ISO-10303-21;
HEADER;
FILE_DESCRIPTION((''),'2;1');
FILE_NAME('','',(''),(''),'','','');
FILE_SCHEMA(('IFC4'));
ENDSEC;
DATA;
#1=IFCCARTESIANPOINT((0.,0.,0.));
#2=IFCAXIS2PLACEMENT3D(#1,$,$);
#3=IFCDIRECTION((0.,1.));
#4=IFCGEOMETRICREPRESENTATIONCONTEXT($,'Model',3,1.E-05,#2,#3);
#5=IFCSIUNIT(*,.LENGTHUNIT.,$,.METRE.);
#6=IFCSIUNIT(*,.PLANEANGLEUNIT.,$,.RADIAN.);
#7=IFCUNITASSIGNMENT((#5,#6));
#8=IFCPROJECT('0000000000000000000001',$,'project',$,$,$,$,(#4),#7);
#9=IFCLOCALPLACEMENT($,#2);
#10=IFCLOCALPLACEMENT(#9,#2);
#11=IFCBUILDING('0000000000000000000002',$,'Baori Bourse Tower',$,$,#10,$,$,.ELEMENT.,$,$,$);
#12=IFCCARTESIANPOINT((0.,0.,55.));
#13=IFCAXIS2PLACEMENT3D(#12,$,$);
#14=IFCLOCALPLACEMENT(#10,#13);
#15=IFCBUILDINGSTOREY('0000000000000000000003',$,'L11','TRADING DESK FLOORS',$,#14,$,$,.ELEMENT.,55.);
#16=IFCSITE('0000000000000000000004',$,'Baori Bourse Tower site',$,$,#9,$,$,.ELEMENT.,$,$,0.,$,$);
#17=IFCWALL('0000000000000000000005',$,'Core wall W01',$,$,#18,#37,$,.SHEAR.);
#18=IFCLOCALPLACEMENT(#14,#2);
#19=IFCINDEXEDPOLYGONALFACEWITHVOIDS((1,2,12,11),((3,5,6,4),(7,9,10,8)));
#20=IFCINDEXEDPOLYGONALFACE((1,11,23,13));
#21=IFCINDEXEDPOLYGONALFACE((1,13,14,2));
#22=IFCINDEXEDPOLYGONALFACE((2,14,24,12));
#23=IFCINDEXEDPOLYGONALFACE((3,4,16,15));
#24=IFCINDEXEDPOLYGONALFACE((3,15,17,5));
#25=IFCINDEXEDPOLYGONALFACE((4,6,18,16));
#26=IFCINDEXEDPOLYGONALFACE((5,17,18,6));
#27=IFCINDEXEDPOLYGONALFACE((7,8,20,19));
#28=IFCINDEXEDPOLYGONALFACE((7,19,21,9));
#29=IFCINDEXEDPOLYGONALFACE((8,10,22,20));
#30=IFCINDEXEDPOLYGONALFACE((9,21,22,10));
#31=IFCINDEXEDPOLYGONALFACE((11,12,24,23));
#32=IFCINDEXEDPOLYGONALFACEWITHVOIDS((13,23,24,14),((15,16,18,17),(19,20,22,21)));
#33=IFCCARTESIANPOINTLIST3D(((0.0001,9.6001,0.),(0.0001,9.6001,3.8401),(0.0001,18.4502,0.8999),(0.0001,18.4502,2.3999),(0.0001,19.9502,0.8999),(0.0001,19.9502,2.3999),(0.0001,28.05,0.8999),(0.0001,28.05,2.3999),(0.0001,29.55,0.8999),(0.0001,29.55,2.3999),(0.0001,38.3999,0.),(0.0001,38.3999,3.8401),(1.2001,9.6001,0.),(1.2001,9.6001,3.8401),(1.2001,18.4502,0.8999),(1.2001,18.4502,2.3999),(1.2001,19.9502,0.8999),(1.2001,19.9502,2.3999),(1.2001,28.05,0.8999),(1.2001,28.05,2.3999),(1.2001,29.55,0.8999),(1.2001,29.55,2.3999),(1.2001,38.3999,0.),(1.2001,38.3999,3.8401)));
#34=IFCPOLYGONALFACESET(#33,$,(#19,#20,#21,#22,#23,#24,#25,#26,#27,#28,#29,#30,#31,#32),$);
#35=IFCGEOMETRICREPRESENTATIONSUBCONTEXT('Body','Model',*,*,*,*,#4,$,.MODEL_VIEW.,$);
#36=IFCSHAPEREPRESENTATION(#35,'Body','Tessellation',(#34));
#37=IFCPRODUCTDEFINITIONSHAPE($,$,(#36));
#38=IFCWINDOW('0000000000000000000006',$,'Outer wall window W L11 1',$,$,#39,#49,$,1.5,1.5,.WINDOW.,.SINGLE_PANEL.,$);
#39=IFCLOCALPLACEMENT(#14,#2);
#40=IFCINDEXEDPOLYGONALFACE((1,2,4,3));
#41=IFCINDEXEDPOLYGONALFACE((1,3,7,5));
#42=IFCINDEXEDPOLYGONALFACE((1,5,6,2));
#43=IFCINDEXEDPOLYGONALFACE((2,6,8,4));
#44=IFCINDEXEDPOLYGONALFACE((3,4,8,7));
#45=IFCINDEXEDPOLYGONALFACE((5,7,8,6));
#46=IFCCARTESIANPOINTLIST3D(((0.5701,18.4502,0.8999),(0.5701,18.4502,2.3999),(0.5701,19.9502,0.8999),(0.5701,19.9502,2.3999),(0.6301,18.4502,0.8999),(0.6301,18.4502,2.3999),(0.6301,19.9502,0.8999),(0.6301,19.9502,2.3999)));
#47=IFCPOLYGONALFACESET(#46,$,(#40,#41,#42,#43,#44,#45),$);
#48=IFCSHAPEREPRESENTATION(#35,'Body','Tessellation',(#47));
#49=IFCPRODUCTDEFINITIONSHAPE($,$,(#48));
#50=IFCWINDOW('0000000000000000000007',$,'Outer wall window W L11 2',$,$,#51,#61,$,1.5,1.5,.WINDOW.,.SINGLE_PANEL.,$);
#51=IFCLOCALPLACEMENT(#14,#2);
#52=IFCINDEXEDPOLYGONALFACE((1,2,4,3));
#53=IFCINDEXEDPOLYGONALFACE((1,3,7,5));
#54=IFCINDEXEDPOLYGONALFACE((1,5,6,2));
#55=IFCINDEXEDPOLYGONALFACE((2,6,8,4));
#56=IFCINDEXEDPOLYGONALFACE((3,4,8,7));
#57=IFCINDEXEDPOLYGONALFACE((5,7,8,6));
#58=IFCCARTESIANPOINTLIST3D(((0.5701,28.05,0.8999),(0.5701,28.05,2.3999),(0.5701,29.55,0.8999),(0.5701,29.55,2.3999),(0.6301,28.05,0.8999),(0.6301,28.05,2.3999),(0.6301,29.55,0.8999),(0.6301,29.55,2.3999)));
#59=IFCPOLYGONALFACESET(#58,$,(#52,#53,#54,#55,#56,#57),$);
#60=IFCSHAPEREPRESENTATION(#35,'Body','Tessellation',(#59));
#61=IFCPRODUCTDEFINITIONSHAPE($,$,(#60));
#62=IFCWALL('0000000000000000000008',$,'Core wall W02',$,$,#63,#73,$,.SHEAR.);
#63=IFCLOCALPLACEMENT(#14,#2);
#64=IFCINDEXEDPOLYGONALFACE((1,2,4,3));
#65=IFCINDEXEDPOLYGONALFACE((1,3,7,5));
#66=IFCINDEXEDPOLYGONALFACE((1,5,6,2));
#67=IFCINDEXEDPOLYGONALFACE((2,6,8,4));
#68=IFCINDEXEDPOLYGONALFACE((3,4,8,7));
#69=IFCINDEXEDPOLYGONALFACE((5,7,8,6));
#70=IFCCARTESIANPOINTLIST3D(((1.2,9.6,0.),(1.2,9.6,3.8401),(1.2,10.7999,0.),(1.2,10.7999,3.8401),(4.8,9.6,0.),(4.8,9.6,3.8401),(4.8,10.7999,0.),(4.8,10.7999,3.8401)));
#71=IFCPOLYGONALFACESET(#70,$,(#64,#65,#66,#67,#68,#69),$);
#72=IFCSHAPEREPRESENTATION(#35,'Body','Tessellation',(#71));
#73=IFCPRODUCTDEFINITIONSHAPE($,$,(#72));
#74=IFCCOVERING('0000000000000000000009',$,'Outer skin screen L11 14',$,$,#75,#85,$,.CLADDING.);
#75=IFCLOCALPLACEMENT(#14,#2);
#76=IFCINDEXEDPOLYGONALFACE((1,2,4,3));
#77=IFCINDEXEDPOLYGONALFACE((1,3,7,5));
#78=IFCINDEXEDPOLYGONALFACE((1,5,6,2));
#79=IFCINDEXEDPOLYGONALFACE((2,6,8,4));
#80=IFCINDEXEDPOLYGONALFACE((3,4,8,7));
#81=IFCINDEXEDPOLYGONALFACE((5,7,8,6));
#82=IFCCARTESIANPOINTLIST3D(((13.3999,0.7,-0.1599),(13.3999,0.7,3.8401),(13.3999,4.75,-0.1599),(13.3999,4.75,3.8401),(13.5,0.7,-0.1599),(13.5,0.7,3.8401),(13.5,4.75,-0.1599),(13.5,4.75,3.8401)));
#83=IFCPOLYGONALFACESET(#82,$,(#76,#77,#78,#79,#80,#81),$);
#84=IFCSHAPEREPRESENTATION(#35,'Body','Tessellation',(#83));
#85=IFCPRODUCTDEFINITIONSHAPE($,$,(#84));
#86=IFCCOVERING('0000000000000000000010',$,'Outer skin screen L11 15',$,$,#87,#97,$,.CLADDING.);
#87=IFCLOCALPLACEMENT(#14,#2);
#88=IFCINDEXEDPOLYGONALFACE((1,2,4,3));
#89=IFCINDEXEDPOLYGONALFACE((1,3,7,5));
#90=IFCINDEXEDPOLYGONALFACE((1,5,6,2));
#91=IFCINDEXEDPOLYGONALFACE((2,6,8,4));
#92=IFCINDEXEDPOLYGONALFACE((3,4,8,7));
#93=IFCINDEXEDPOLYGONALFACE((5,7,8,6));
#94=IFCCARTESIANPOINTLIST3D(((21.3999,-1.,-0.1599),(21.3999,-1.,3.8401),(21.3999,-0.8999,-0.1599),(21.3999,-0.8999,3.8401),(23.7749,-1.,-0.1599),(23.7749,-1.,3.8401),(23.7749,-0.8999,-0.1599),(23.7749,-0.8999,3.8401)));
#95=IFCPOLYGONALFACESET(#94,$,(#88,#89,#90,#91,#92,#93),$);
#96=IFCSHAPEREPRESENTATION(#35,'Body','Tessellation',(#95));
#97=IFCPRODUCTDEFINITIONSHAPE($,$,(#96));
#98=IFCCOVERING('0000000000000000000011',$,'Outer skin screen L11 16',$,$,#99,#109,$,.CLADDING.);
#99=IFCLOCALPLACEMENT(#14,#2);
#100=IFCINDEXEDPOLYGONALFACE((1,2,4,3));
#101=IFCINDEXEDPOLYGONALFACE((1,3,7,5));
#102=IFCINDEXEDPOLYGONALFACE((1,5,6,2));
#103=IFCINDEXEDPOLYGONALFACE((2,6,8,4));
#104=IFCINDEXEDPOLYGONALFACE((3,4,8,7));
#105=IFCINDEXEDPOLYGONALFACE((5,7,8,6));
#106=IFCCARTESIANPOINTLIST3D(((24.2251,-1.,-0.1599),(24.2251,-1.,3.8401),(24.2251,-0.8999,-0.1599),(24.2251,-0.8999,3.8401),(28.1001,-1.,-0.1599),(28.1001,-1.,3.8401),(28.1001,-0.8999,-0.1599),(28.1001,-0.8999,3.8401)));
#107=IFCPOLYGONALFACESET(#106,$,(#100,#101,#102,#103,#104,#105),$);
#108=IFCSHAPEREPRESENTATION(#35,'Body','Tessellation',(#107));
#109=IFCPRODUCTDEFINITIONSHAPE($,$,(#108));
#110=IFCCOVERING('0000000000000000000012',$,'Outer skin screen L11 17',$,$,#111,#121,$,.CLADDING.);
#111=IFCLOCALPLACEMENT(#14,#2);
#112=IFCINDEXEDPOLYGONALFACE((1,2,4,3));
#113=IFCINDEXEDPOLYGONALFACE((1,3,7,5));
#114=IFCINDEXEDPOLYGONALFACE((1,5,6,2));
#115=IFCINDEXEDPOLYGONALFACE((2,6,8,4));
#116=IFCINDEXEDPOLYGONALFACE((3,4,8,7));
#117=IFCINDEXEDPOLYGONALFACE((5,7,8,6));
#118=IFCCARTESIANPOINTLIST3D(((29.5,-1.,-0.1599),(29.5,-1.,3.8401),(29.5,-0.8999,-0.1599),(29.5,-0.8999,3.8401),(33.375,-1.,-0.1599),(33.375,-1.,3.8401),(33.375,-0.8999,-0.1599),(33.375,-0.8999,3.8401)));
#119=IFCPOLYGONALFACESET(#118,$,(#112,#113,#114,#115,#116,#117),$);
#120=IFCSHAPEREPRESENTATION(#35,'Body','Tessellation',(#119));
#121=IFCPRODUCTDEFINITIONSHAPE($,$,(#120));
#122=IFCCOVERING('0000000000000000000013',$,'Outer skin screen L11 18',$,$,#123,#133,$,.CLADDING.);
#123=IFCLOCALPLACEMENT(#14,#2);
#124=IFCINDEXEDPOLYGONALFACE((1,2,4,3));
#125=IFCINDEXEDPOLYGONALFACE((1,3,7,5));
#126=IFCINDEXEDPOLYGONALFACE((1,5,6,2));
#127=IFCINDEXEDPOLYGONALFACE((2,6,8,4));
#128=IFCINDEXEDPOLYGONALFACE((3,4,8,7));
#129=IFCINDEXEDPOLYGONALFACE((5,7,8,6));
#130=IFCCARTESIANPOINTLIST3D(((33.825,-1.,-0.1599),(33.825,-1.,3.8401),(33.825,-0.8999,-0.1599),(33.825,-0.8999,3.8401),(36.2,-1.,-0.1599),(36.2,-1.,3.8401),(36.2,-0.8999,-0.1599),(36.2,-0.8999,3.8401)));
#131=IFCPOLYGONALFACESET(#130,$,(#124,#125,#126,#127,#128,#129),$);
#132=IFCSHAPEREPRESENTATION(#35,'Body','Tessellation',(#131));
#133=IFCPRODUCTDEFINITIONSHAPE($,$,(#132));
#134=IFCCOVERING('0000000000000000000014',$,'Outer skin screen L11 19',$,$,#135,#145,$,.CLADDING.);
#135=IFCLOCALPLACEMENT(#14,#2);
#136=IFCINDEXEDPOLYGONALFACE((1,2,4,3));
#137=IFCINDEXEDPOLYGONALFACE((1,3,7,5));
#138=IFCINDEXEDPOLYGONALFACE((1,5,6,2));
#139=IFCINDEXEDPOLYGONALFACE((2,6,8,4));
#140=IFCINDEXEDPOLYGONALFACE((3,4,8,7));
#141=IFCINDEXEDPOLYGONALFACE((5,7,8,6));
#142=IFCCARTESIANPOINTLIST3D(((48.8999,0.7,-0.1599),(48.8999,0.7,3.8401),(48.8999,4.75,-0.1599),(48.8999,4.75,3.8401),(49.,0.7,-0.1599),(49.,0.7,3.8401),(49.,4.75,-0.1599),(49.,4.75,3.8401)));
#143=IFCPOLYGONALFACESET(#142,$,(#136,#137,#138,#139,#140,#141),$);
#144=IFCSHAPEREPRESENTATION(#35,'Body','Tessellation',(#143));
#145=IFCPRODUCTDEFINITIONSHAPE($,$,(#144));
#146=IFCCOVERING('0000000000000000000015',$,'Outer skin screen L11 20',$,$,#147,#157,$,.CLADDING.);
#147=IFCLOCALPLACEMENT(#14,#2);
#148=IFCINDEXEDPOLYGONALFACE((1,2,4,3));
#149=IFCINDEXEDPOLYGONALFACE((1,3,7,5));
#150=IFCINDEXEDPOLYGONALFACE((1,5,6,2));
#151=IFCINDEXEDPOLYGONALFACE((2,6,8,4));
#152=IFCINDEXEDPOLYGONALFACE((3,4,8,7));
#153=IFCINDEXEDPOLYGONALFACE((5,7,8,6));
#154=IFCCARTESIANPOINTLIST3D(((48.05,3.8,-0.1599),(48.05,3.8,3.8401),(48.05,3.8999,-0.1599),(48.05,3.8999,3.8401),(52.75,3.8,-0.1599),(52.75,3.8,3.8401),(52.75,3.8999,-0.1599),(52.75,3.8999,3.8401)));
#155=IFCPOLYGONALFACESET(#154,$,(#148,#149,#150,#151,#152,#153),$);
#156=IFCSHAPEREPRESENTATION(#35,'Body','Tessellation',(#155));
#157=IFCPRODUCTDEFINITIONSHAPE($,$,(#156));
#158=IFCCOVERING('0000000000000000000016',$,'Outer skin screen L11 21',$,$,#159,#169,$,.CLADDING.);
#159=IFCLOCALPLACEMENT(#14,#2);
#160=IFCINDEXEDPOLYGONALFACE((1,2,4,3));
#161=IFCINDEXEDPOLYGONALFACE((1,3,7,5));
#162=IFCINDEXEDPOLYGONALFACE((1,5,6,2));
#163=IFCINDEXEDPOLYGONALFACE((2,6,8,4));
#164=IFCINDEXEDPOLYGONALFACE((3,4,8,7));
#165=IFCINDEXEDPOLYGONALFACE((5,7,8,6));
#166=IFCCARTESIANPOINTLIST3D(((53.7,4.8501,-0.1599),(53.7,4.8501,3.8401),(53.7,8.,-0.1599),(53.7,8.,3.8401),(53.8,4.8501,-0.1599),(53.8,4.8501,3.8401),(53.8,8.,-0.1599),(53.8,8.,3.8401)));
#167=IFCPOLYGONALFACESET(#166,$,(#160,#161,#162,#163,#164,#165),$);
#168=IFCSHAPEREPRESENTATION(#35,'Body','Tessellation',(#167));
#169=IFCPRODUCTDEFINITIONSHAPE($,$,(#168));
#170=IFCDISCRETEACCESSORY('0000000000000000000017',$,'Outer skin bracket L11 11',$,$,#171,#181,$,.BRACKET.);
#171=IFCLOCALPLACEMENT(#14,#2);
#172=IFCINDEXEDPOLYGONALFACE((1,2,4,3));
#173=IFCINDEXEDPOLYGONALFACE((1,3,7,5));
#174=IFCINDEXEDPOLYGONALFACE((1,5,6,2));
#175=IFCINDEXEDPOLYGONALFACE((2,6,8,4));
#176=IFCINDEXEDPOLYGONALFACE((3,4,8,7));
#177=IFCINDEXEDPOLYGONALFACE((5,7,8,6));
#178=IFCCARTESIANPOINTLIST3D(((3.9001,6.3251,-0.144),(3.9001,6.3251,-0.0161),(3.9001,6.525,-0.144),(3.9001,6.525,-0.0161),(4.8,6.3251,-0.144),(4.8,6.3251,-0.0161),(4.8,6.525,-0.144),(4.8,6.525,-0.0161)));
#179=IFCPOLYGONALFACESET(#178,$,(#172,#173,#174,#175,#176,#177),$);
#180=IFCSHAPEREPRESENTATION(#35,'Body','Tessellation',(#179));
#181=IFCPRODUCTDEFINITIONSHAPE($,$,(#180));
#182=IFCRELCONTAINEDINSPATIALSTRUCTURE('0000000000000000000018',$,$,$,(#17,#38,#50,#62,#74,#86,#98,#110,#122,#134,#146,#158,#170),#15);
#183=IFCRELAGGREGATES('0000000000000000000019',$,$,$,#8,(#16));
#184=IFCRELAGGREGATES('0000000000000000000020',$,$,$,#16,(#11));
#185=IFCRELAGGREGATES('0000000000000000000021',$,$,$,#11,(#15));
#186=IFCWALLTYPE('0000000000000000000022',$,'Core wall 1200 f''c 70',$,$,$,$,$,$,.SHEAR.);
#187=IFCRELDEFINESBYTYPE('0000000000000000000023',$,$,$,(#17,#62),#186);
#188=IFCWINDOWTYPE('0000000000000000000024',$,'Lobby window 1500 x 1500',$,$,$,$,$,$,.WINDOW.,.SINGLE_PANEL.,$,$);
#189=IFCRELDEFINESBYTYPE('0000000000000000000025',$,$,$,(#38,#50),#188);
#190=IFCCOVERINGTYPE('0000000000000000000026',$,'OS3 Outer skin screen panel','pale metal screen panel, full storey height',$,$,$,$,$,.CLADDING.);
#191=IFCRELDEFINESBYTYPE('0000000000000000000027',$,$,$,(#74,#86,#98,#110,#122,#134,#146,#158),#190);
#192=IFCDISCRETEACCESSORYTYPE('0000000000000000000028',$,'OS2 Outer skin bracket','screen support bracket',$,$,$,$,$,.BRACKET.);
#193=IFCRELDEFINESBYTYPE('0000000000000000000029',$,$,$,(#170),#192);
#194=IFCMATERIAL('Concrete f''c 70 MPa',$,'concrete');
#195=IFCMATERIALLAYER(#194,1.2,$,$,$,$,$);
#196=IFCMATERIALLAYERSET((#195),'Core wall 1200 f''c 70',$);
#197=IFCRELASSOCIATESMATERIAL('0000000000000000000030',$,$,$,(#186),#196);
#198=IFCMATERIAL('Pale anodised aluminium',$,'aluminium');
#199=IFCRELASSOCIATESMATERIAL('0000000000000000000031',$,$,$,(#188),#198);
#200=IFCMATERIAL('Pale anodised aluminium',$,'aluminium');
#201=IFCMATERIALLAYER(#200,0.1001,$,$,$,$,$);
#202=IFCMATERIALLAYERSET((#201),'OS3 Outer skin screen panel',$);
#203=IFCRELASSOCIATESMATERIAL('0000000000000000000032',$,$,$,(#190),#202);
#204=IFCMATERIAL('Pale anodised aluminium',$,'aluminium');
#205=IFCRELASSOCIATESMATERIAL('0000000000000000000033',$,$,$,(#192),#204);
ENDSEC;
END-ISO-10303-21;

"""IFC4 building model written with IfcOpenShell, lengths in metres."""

from ifc_helpers import new_model, si_unit, direction, frame, frame_2d, origin, origin_2d, place, context, subcontext, project, spatial, polyline, rectangle, outline, extrude, material, layer, layer_set, type_object, element, fill, save


model = new_model("IFC4")

# Units and contexts
model_context = context("Model", 3, precision=1e-05, world=origin(), true_north=direction((0.0, 1.0)))
body_context = subcontext(model_context, "Body", "Model", "MODEL_VIEW")
ifc_project = project(units=[si_unit("LENGTHUNIT", "METRE"), si_unit("PLANEANGLEUNIT", "RADIAN")], contexts=[model_context])

# Site, building, storey
site_placement = place(None, origin())
site = spatial("IfcSite", under=ifc_project, at=site_placement, Name="Baori Bourse Tower site", CompositionType="ELEMENT", RefElevation=0.0)
building_placement = place(site_placement, origin())
building = spatial("IfcBuilding", under=site, at=building_placement, Name="Baori Bourse Tower", CompositionType="ELEMENT")
storey_placement = place(building_placement, frame((0.0, 0.0, 55.0)))
storey = spatial("IfcBuildingStorey", under=building, at=storey_placement, Name="L11", Description="TRADING DESK FLOORS", CompositionType="ELEMENT", Elevation=55.0)

# Wall, openings, windows
ifc_material_1 = material(Name="Concrete f'c 70 MPa", Category="concrete")
ifc_layer_1 = layer(ifc_material_1, 1.2)
ifc_layer_set_1 = layer_set([ifc_layer_1], Name="Core wall 1200 f'c 70")
wall_type_1 = type_object("IfcWallType", Name="Core wall 1200 f'c 70", PredefinedType="SHEAR", material=ifc_layer_set_1)
wall_1_placement = place(storey_placement, frame((0.6001, 9.6001, 0.0), z_axis=(0.0, 0.0, 1.0), x_axis=(0.0, 1.0, 0.0)))
wall_1 = element("IfcWall", 1, at=wall_1_placement, inside=storey, type_object=wall_type_1, Name="Core wall W01", PredefinedType="SHEAR", context=body_context, shape_type="SweptSolid", body=[
    extrude(rectangle(XDim=28.7998, YDim=1.2, at=frame_2d((14.3999, 0.0))), origin(), (0.0, 0.0, 1.0), 3.8401),
])
opening_1_placement = place(wall_1_placement, frame((8.8501, 0.0, 0.8999)))
opening_1 = element("IfcOpeningElement", 2, at=opening_1_placement, cuts=wall_1, PredefinedType="OPENING", context=body_context, shape_type="SweptSolid", body=[
    extrude(rectangle(XDim=1.5, YDim=1.5, at=frame_2d((0.75, 0.75))), frame((0.0, 0.6099, 0.0), z_axis=(0.0, -1.0, 0.0), x_axis=(1.0, 0.0, 0.0)), (0.0, 0.0, 1.0), 1.22),
])
opening_2_placement = place(wall_1_placement, frame((18.45, 0.0, 0.8999)))
opening_2 = element("IfcOpeningElement", 3, at=opening_2_placement, cuts=wall_1, PredefinedType="OPENING", context=body_context, shape_type="SweptSolid", body=[
    extrude(rectangle(XDim=1.5, YDim=1.5, at=frame_2d((0.75, 0.75))), frame((0.0, 0.6099, 0.0), z_axis=(0.0, -1.0, 0.0), x_axis=(1.0, 0.0, 0.0)), (0.0, 0.0, 1.0), 1.22),
])
ifc_material_2 = material(Name="Pale anodised aluminium", Category="aluminium")
window_type = type_object("IfcWindowType", Name="Lobby window 1500 x 1500", PartitioningType="SINGLE_PANEL", PredefinedType="WINDOW", material=ifc_material_2)
window_1_placement = place(opening_1_placement, origin())
window_1 = element("IfcWindow", 4, at=window_1_placement, inside=storey, type_object=window_type, Name="Outer wall window W L11 1", OverallHeight=1.5, OverallWidth=1.5, PartitioningType="SINGLE_PANEL", PredefinedType="WINDOW", context=body_context, shape_type="SweptSolid", body=[
    extrude(rectangle(XDim=1.5, YDim=1.5, at=frame_2d((0.75, 0.75))), frame((0.0, 0.03, 0.0), z_axis=(0.0, -1.0, 0.0), x_axis=(1.0, 0.0, 0.0)), (0.0, 0.0, 1.0), 0.0601),
])
fill(opening_1, window_1)
window_2_placement = place(opening_2_placement, origin())
window_2 = element("IfcWindow", 5, at=window_2_placement, inside=storey, type_object=window_type, Name="Outer wall window W L11 2", OverallHeight=1.5, OverallWidth=1.5, PartitioningType="SINGLE_PANEL", PredefinedType="WINDOW", context=body_context, shape_type="SweptSolid", body=[
    extrude(rectangle(XDim=1.5, YDim=1.5, at=frame_2d((0.75, 0.75))), frame((0.0, 0.03, 0.0), z_axis=(0.0, -1.0, 0.0), x_axis=(1.0, 0.0, 0.0)), (0.0, 0.0, 1.0), 0.0601),
])
fill(opening_2, window_2)

# Wall
wall_2_placement = place(storey_placement, frame((4.8, 10.2, 0.0), z_axis=(0.0, 0.0, 1.0), x_axis=(-1.0, 0.0, 0.0)))
element("IfcWall", 6, at=wall_2_placement, inside=storey, type_object=wall_type_1, Name="Core wall W02", PredefinedType="SHEAR", context=body_context, shape_type="SweptSolid", body=[
    extrude(rectangle(XDim=3.6001, YDim=1.2, at=frame_2d((1.8, 0.0))), origin(), (0.0, 0.0, 1.0), 3.8401),
])

# Coverings
ifc_material_3 = material(Name="Pale anodised aluminium", Category="aluminium")
ifc_layer_2 = layer(ifc_material_3, 0.1001)
ifc_layer_set_2 = layer_set([ifc_layer_2], Name="OS3 Outer skin screen panel")
covering_type = type_object("IfcCoveringType", Name="OS3 Outer skin screen panel", Description="pale metal screen panel, full storey height", PredefinedType="CLADDING", material=ifc_layer_set_2)
covering_1_placement = place(storey_placement, frame((0.0, 0.0, -0.1599)))
element("IfcCovering", 7, at=covering_1_placement, inside=storey, type_object=covering_type, Name="Outer skin screen L11 14", PredefinedType="CLADDING", context=body_context, shape_type="SweptSolid", body=[
    extrude(outline(polyline([(13.5, 0.7), (13.5, 4.75), (13.3999, 4.75), (13.3999, 0.7), (13.5, 0.7)])), origin(), (0.0, 0.0, 1.0), 4.0),
])
covering_2_placement = place(storey_placement, frame((0.0, 0.0, -0.1599)))
element("IfcCovering", 8, at=covering_2_placement, inside=storey, type_object=covering_type, Name="Outer skin screen L11 15", PredefinedType="CLADDING", context=body_context, shape_type="SweptSolid", body=[
    extrude(outline(polyline([(23.7749, -0.8999), (21.3999, -0.8999), (21.3999, -1.0), (23.7749, -1.0), (23.7749, -0.8999)])), origin(), (0.0, 0.0, 1.0), 4.0),
])
covering_3_placement = place(storey_placement, frame((0.0, 0.0, -0.1599)))
element("IfcCovering", 9, at=covering_3_placement, inside=storey, type_object=covering_type, Name="Outer skin screen L11 16", PredefinedType="CLADDING", context=body_context, shape_type="SweptSolid", body=[
    extrude(outline(polyline([(28.1001, -0.8999), (24.2251, -0.8999), (24.2251, -1.0), (28.1001, -1.0), (28.1001, -0.8999)])), origin(), (0.0, 0.0, 1.0), 4.0),
])
covering_4_placement = place(storey_placement, frame((0.0, 0.0, -0.1599)))
element("IfcCovering", 10, at=covering_4_placement, inside=storey, type_object=covering_type, Name="Outer skin screen L11 17", PredefinedType="CLADDING", context=body_context, shape_type="SweptSolid", body=[
    extrude(outline(polyline([(33.375, -0.8999), (29.5, -0.8999), (29.5, -1.0), (33.375, -1.0), (33.375, -0.8999)])), origin(), (0.0, 0.0, 1.0), 4.0),
])
covering_5_placement = place(storey_placement, frame((0.0, 0.0, -0.1599)))
element("IfcCovering", 11, at=covering_5_placement, inside=storey, type_object=covering_type, Name="Outer skin screen L11 18", PredefinedType="CLADDING", context=body_context, shape_type="SweptSolid", body=[
    extrude(outline(polyline([(36.2, -0.8999), (33.825, -0.8999), (33.825, -1.0), (36.2, -1.0), (36.2, -0.8999)])), origin(), (0.0, 0.0, 1.0), 4.0),
])
covering_6_placement = place(storey_placement, frame((0.0, 0.0, -0.1599)))
element("IfcCovering", 12, at=covering_6_placement, inside=storey, type_object=covering_type, Name="Outer skin screen L11 19", PredefinedType="CLADDING", context=body_context, shape_type="SweptSolid", body=[
    extrude(outline(polyline([(48.8999, 4.75), (48.8999, 0.7), (49.0, 0.7), (49.0, 4.75), (48.8999, 4.75)])), origin(), (0.0, 0.0, 1.0), 4.0),
])
covering_7_placement = place(storey_placement, frame((0.0, 0.0, -0.1599)))
element("IfcCovering", 13, at=covering_7_placement, inside=storey, type_object=covering_type, Name="Outer skin screen L11 20", PredefinedType="CLADDING", context=body_context, shape_type="SweptSolid", body=[
    extrude(outline(polyline([(52.75, 3.8999), (48.05, 3.8999), (48.05, 3.8), (52.75, 3.8), (52.75, 3.8999)])), origin(), (0.0, 0.0, 1.0), 4.0),
])
covering_8_placement = place(storey_placement, frame((0.0, 0.0, -0.1599)))
element("IfcCovering", 14, at=covering_8_placement, inside=storey, type_object=covering_type, Name="Outer skin screen L11 21", PredefinedType="CLADDING", context=body_context, shape_type="SweptSolid", body=[
    extrude(outline(polyline([(53.7, 8.0), (53.7, 4.8501), (53.8, 4.8501), (53.8, 8.0), (53.7, 8.0)])), origin(), (0.0, 0.0, 1.0), 4.0),
])

# Discrete accessory
ifc_material_4 = material(Name="Pale anodised aluminium", Category="aluminium")
discrete_accessory_type = type_object("IfcDiscreteAccessoryType", Name="OS2 Outer skin bracket", Description="screen support bracket", PredefinedType="BRACKET", material=ifc_material_4)
discrete_accessory_placement = place(storey_placement, frame((4.3501, 6.425, -0.144), z_axis=(0.0, 0.0, 1.0), x_axis=(0.0, -1.0, 0.0)))
element("IfcDiscreteAccessory", 15, at=discrete_accessory_placement, inside=storey, type_object=discrete_accessory_type, Name="Outer skin bracket L11 11", PredefinedType="BRACKET", context=body_context, shape_type="SweptSolid", body=[
    extrude(rectangle(XDim=0.2, YDim=0.8999, at=origin_2d()), origin(), (0.0, 0.0, 1.0), 0.1279),
])

save(model, "model.ifc")
